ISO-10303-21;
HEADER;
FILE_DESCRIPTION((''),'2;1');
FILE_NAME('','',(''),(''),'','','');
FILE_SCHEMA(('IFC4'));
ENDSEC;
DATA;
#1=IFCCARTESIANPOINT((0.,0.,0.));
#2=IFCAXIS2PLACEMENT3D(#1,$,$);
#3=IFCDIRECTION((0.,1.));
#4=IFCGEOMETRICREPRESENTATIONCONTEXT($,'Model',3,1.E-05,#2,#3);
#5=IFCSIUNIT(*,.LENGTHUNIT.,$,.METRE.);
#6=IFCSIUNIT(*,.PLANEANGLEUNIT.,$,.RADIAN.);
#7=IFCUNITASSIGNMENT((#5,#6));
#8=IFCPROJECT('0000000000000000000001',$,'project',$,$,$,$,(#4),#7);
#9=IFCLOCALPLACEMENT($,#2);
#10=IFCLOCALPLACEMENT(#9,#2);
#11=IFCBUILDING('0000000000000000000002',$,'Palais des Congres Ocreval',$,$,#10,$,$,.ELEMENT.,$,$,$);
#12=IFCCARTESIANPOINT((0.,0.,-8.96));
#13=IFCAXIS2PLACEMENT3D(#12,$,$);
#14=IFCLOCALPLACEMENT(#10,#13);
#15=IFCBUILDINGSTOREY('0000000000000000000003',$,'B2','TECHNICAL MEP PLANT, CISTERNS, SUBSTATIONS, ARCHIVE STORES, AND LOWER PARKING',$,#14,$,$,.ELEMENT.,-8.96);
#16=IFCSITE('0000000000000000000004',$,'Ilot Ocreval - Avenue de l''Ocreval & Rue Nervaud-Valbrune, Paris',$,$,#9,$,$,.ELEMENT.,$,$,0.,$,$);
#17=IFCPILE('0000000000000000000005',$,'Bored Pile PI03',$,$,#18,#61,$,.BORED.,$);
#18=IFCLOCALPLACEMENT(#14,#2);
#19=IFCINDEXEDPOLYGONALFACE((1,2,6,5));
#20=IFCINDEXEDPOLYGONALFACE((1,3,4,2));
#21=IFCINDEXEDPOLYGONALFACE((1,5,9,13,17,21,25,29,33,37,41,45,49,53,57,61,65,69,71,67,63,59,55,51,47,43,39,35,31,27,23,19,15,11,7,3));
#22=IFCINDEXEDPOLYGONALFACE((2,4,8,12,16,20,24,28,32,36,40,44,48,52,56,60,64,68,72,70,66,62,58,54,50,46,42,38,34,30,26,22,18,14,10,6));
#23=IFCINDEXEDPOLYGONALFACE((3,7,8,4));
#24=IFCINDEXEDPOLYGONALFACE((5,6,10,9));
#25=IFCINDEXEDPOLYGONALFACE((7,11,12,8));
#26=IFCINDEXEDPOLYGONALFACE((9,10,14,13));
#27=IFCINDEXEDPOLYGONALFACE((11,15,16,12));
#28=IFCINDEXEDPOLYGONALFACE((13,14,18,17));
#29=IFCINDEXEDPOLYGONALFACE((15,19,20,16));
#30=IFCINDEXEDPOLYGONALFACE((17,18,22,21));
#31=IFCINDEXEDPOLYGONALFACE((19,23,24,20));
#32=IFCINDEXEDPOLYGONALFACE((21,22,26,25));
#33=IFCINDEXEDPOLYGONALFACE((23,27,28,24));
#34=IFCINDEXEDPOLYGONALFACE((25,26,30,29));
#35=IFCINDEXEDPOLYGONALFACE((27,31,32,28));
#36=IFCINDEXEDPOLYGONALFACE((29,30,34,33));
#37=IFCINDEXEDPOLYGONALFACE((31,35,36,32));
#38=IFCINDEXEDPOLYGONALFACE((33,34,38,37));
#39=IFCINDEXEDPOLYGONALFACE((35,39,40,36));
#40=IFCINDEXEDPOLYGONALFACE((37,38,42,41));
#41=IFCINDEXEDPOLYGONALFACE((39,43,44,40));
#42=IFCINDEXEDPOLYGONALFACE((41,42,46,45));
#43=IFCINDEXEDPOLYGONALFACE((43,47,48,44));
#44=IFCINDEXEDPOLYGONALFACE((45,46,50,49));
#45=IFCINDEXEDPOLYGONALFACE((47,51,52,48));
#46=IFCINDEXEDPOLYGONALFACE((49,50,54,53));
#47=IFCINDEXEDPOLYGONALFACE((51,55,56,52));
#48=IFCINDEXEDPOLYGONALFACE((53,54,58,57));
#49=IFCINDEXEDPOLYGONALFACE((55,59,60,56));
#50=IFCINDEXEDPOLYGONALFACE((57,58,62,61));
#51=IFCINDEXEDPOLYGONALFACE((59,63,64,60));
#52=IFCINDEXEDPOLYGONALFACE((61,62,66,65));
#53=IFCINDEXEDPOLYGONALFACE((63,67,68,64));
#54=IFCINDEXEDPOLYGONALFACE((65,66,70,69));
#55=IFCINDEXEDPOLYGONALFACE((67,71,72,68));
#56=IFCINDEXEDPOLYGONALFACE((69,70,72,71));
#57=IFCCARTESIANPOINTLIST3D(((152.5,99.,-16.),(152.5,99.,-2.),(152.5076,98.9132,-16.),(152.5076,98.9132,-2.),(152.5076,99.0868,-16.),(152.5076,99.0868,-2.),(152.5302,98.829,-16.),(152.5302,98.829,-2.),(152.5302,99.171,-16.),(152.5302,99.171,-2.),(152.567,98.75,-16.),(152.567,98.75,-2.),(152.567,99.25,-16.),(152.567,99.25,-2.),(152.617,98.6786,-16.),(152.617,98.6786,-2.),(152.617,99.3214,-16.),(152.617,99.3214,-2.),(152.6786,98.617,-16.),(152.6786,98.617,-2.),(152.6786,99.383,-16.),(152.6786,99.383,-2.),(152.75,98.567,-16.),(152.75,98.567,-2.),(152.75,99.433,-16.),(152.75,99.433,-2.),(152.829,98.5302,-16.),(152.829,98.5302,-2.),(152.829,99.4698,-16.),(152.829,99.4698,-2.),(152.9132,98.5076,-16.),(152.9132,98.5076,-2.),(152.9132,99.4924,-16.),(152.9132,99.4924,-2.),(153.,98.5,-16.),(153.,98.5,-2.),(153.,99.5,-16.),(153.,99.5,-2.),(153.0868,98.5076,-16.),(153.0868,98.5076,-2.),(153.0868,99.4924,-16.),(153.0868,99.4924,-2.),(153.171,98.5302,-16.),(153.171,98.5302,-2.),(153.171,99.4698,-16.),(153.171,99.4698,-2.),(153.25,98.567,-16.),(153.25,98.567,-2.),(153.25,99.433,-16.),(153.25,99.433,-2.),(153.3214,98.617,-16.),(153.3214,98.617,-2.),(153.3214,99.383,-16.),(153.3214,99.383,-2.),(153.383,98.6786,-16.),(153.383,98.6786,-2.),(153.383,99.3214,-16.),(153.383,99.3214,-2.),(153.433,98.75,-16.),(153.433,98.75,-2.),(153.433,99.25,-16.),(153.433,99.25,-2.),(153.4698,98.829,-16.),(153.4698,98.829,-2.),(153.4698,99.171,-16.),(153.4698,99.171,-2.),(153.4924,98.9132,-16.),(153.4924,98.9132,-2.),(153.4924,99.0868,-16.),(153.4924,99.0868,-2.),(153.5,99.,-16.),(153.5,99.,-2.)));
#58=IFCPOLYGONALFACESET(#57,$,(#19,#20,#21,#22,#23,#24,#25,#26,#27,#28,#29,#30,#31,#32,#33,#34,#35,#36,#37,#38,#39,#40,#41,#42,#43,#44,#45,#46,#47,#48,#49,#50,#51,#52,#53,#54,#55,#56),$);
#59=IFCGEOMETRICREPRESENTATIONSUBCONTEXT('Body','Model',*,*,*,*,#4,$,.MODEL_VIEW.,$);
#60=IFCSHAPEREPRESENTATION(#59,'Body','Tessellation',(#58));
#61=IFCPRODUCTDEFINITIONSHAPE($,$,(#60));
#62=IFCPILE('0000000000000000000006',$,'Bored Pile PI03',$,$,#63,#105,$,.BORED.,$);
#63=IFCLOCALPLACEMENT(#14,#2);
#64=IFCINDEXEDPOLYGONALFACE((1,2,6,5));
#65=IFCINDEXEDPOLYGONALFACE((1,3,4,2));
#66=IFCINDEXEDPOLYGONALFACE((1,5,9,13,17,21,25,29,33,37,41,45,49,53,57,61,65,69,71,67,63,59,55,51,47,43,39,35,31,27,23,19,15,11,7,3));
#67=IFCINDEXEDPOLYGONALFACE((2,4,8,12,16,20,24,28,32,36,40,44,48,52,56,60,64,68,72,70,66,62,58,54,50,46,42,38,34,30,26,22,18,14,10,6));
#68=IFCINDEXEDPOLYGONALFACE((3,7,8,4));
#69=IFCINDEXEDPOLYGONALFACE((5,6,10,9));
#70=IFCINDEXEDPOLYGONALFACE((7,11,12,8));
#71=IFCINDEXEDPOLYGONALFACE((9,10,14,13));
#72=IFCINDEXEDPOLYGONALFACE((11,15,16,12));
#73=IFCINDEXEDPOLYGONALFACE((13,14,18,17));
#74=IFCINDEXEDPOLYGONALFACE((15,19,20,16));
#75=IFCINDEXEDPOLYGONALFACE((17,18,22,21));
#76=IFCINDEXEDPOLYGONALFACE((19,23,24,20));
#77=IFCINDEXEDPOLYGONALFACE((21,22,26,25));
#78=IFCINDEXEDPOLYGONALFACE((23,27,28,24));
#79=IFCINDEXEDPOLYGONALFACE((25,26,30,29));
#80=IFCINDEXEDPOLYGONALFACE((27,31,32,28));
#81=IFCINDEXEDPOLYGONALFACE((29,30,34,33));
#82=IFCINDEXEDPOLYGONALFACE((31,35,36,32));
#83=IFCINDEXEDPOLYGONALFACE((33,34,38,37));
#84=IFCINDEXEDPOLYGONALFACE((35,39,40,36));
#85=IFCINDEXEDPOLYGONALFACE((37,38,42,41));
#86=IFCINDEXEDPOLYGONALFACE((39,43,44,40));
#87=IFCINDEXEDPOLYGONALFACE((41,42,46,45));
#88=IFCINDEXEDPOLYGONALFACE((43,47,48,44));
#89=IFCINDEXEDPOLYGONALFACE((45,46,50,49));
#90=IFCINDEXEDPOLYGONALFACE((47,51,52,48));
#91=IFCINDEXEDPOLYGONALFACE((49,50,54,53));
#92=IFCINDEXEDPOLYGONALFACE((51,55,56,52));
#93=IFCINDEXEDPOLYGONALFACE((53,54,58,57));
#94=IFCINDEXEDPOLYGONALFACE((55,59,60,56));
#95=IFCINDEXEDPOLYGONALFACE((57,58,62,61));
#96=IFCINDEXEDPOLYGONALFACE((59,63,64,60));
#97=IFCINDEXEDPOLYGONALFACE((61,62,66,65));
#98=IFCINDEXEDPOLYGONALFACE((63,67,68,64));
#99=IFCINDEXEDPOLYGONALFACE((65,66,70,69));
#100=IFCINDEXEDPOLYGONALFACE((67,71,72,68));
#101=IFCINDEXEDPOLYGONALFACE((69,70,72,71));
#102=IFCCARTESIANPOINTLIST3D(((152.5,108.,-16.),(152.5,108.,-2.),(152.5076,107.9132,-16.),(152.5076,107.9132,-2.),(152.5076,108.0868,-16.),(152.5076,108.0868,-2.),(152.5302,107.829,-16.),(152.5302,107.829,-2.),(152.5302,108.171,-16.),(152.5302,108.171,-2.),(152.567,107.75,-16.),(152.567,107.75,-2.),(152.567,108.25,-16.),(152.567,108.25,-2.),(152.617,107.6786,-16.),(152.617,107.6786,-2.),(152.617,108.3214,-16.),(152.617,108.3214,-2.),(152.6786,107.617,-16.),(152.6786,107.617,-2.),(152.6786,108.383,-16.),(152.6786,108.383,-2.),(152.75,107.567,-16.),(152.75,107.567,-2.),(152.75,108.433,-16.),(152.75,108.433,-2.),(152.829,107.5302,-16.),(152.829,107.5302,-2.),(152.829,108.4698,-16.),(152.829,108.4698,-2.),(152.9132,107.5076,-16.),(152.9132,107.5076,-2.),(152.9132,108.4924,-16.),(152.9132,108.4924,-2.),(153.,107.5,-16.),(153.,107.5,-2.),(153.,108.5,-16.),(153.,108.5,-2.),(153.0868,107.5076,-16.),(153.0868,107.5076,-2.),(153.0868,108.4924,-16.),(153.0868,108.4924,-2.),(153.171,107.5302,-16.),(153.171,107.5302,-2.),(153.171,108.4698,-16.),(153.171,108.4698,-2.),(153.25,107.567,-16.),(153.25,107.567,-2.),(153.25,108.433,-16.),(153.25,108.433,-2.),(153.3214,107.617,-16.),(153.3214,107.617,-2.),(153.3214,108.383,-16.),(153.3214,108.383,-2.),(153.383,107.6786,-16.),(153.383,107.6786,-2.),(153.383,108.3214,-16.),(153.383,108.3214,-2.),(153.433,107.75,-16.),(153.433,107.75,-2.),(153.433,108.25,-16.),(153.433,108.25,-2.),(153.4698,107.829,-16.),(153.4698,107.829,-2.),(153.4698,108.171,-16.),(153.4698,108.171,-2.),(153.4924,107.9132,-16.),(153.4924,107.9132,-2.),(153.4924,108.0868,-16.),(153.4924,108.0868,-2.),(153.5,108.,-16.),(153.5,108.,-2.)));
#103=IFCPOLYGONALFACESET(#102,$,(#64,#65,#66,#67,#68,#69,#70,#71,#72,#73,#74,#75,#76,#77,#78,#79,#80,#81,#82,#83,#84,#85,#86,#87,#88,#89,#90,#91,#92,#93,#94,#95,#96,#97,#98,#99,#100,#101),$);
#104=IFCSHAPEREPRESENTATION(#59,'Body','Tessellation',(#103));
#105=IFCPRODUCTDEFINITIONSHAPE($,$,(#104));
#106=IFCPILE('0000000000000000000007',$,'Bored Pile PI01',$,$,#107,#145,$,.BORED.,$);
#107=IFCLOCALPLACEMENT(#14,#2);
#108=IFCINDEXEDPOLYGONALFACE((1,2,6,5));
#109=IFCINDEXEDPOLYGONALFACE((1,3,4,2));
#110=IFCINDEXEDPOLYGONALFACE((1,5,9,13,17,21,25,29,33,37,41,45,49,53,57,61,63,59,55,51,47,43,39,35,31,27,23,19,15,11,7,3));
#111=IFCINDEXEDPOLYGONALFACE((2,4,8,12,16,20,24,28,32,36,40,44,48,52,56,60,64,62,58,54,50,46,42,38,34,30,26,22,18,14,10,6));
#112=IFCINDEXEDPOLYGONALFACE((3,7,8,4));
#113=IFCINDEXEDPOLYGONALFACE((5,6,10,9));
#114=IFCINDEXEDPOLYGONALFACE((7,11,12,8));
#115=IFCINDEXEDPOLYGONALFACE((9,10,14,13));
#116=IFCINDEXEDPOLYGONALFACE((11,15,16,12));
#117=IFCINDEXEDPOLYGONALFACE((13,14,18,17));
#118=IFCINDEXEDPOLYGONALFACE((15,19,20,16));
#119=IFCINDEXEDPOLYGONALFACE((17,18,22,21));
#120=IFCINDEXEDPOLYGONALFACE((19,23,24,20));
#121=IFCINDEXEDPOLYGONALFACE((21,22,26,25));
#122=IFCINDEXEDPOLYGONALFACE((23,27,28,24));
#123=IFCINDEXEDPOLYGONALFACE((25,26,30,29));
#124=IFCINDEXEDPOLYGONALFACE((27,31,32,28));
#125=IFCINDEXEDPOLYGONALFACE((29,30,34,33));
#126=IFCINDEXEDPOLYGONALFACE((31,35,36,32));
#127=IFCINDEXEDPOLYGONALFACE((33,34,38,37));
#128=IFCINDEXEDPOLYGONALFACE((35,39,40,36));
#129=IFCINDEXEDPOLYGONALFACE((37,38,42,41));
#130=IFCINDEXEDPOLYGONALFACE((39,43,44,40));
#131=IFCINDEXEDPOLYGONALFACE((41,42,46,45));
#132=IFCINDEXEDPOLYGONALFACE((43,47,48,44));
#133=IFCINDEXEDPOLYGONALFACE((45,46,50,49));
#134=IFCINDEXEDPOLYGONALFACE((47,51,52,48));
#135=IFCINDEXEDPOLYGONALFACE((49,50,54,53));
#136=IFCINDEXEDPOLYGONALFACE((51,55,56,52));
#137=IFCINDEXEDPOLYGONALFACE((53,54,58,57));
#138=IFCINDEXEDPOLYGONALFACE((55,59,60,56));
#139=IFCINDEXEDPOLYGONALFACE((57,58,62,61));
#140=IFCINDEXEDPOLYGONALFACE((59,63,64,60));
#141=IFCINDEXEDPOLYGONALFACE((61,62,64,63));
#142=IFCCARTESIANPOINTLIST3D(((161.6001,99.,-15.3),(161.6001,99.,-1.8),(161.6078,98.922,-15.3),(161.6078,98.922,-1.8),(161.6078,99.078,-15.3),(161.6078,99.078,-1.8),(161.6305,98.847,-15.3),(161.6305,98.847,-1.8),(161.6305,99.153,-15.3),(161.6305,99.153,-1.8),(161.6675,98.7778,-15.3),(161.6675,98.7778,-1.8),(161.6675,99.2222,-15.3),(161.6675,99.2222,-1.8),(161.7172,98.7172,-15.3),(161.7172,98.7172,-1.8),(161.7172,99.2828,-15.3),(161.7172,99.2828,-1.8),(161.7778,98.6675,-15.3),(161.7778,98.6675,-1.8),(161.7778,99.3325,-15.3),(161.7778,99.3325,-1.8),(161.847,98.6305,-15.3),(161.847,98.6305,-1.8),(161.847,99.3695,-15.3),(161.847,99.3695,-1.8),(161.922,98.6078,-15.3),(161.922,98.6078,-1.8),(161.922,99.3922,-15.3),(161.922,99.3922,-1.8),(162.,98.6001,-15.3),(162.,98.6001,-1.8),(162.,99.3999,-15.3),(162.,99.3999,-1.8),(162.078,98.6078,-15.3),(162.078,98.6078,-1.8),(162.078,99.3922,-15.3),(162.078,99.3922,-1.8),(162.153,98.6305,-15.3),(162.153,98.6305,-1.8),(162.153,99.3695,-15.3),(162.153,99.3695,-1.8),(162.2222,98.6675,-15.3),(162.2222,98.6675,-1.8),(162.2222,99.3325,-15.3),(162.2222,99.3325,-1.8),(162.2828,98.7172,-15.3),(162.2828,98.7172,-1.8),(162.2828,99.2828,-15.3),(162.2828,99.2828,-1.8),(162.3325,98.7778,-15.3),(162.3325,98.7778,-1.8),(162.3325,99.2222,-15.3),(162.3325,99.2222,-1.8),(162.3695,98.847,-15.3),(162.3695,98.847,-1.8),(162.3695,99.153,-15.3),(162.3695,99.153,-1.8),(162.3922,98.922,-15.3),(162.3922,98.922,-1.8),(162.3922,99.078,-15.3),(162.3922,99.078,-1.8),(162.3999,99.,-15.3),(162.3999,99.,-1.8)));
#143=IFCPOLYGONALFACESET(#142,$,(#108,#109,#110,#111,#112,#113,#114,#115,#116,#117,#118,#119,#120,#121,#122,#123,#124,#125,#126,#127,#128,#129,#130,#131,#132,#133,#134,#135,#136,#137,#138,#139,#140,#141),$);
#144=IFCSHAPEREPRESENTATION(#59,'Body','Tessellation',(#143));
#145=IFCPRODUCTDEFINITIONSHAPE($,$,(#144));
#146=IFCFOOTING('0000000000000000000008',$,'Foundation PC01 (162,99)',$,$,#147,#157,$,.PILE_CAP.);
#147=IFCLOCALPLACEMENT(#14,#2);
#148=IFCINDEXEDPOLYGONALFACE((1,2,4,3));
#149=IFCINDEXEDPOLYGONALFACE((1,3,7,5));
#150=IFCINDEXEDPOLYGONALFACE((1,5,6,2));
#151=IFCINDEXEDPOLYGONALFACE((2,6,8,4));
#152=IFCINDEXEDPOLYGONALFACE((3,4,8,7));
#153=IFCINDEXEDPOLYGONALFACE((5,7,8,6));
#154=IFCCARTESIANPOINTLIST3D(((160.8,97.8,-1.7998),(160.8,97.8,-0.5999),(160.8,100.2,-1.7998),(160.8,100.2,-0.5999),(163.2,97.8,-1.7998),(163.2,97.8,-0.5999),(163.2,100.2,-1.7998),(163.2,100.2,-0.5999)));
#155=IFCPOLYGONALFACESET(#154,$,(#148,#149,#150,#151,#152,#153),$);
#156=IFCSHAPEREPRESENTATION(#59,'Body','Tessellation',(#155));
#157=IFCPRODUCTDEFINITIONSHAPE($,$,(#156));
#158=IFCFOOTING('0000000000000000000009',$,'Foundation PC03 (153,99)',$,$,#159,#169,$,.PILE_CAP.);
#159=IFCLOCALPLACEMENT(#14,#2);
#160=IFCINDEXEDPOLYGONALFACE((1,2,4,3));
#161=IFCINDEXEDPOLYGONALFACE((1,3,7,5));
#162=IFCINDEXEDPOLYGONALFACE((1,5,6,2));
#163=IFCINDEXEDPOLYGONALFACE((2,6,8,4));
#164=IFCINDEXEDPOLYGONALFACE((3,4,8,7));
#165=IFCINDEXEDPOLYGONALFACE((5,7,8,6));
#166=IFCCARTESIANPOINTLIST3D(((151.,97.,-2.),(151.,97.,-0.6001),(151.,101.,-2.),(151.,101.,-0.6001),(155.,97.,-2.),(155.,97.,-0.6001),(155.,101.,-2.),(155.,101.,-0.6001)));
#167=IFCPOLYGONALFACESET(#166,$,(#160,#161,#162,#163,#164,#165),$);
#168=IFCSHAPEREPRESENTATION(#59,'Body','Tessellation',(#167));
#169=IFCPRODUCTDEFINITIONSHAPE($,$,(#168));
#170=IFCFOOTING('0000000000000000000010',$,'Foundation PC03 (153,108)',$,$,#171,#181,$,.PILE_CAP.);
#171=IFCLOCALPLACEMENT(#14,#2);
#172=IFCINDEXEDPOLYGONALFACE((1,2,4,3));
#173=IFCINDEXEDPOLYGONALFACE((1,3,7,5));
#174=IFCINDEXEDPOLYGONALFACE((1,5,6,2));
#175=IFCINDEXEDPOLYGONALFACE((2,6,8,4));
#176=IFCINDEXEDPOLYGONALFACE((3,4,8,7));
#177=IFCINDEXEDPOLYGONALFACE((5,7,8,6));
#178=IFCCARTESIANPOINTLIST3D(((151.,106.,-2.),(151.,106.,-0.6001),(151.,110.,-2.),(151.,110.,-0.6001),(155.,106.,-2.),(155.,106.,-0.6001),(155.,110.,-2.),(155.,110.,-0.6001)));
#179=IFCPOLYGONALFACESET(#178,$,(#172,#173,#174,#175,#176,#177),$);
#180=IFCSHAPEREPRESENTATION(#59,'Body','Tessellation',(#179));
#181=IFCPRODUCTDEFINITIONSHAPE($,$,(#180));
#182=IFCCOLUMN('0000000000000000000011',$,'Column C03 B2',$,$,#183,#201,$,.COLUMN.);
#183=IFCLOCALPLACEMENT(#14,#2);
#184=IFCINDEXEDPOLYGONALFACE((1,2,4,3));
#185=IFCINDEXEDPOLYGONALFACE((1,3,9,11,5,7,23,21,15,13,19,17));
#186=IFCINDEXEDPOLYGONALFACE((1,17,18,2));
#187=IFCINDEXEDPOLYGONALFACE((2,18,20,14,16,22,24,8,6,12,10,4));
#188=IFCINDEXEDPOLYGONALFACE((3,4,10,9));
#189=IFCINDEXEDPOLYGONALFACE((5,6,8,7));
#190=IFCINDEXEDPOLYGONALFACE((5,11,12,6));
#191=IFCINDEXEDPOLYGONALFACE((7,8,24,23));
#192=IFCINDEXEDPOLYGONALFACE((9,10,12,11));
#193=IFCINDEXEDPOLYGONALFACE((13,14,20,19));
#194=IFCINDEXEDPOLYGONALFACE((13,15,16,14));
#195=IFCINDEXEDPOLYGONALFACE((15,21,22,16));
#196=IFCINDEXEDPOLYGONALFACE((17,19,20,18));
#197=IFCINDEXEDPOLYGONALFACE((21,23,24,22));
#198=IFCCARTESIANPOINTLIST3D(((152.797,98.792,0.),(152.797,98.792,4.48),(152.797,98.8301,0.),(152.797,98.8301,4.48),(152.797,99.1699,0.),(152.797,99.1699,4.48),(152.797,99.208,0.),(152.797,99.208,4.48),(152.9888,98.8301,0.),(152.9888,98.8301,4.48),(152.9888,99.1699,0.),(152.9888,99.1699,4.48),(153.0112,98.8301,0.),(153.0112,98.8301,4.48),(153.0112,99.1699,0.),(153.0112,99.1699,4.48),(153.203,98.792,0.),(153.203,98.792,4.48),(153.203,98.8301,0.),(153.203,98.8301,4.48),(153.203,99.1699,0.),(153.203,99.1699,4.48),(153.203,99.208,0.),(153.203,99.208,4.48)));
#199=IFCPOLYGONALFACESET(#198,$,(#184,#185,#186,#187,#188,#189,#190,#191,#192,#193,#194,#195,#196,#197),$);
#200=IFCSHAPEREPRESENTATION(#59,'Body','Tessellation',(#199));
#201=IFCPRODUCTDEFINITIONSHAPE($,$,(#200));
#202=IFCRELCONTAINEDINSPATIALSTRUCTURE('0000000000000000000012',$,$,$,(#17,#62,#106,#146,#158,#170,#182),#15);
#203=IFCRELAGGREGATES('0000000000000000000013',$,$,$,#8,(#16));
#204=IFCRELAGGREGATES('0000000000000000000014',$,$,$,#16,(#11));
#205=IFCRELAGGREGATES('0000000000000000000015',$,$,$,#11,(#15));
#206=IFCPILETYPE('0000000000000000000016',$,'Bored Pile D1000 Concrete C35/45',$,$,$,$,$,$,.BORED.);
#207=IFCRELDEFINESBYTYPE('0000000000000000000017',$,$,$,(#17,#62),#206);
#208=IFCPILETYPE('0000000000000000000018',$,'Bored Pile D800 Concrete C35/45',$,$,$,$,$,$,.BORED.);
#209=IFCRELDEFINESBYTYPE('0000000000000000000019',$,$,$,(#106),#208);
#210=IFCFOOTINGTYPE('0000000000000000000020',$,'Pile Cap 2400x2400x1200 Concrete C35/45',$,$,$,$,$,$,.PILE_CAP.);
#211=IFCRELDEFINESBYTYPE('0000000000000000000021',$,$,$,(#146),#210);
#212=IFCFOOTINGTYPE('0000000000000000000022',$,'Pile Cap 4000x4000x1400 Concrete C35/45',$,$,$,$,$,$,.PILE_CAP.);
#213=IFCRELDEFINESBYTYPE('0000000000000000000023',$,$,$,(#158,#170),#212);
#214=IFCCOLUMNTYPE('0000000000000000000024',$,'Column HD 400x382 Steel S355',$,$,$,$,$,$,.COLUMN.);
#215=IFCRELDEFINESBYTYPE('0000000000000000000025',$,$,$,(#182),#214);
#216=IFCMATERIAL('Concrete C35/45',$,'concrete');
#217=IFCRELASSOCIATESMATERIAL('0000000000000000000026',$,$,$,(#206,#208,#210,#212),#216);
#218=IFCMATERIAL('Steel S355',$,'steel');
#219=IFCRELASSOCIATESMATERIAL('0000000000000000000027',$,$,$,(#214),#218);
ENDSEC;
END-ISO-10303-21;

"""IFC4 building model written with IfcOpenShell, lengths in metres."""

from ifc_helpers import new_model, si_unit, direction, frame, origin, origin_2d, place, context, subcontext, project, spatial, rectangle, circle, i_section, extrude, material, material_profile, profile_set, type_object, element, save


model = new_model("IFC4")

# Units and contexts
model_context = context("Model", 3, precision=1e-05, world=origin(), true_north=direction((0.0, 1.0)))
body_context = subcontext(model_context, "Body", "Model", "MODEL_VIEW")
ifc_project = project(units=[si_unit("LENGTHUNIT", "METRE"), si_unit("PLANEANGLEUNIT", "RADIAN")], contexts=[model_context])

# Site, building, storey
site_placement = place(None, origin())
site = spatial("IfcSite", under=ifc_project, at=site_placement, Name="Ilot Ocreval - Avenue de l'Ocreval & Rue Nervaud-Valbrune, Paris", CompositionType="ELEMENT", RefElevation=0.0)
building_placement = place(site_placement, origin())
building = spatial("IfcBuilding", under=site, at=building_placement, Name="Palais des Congres Ocreval", CompositionType="ELEMENT")
storey_placement = place(building_placement, frame((0.0, 0.0, -8.96)))
storey = spatial("IfcBuildingStorey", under=building, at=storey_placement, Name="B2", Description="TECHNICAL MEP PLANT, CISTERNS, SUBSTATIONS, ARCHIVE STORES, AND LOWER PARKING", CompositionType="ELEMENT", Elevation=-8.96)

# Piles
ifc_material_1 = material(Name="Concrete C35/45", Category="concrete")
ifc_material_profile_1 = material_profile(ifc_material_1, circle(Radius=0.5, at=origin_2d()), Name="BORED PILE 1000")
ifc_profile_set_1 = profile_set([ifc_material_profile_1], Name="Concrete C35/45")
pile_type_1 = type_object("IfcPileType", Name="Bored Pile D1000 Concrete C35/45", PredefinedType="BORED", material=ifc_profile_set_1)
for number, where, z_axis, x_axis, name in (
    (1, (153.0, 99.0, -2.0), (0.0, 0.0, -1.0), (1.0, 0.0, 0.0), "Bored Pile PI03"),
    (2, (153.0, 108.0, -2.0), (0.0, 0.0, -1.0), (1.0, 0.0, 0.0), "Bored Pile PI03"),
):
    element("IfcPile", number, at=place(storey_placement, frame(where, z_axis=z_axis, x_axis=x_axis)), inside=storey, type_object=pile_type_1, Name=name, PredefinedType="BORED", context=body_context, shape_type="SweptSolid", body=[
        extrude(circle(Radius=0.5, at=origin_2d()), origin(), (0.0, 0.0, 1.0), 14.0),
    ])
ifc_material_profile_2 = material_profile(ifc_material_1, circle(Radius=0.3999, at=origin_2d()), Name="BORED PILE 800")
ifc_profile_set_2 = profile_set([ifc_material_profile_2], Name="Concrete C35/45")
pile_type_2 = type_object("IfcPileType", Name="Bored Pile D800 Concrete C35/45", PredefinedType="BORED", material=ifc_profile_set_2)
pile_placement = place(storey_placement, frame((162.0, 99.0, -1.8), z_axis=(0.0, 0.0, -1.0), x_axis=(1.0, 0.0, 0.0)))
element("IfcPile", 3, at=pile_placement, inside=storey, type_object=pile_type_2, Name="Bored Pile PI01", PredefinedType="BORED", context=body_context, shape_type="SweptSolid", body=[
    extrude(circle(Radius=0.3999, at=origin_2d()), origin(), (0.0, 0.0, 1.0), 13.5),
])

# Footings
footing_type_1 = type_object("IfcFootingType", Name="Pile Cap 2400x2400x1200 Concrete C35/45", PredefinedType="PILE_CAP", material=ifc_material_1)
footing_placement = place(storey_placement, frame((162.0, 99.0, -1.7998), z_axis=(0.0, 0.0, 1.0), x_axis=(1.0, 0.0, 0.0)))
element("IfcFooting", 4, at=footing_placement, inside=storey, type_object=footing_type_1, Name="Foundation PC01 (162,99)", PredefinedType="PILE_CAP", context=body_context, shape_type="SweptSolid", body=[
    extrude(rectangle(XDim=2.3999, YDim=2.3999, at=origin_2d()), origin(), (0.0, 0.0, 1.0), 1.2),
])
footing_type_2 = type_object("IfcFootingType", Name="Pile Cap 4000x4000x1400 Concrete C35/45", PredefinedType="PILE_CAP", material=ifc_material_1)
for number, where, z_axis, x_axis, name in (
    (5, (153.0, 99.0, -2.0), (0.0, 0.0, 1.0), (1.0, 0.0, 0.0), "Foundation PC03 (153,99)"),
    (6, (153.0, 108.0, -2.0), (0.0, 0.0, 1.0), (1.0, 0.0, 0.0), "Foundation PC03 (153,108)"),
):
    element("IfcFooting", number, at=place(storey_placement, frame(where, z_axis=z_axis, x_axis=x_axis)), inside=storey, type_object=footing_type_2, Name=name, PredefinedType="PILE_CAP", context=body_context, shape_type="SweptSolid", body=[
        extrude(rectangle(XDim=4.0, YDim=4.0, at=origin_2d()), origin(), (0.0, 0.0, 1.0), 1.3999),
    ])

# Column
ifc_material_2 = material(Name="Steel S355", Category="steel")
ifc_material_profile_3 = material_profile(ifc_material_2, i_section(OverallWidth=0.406, OverallDepth=0.416, WebThickness=0.0225, FlangeThickness=0.0381, at=origin_2d()), Name="HD 400x382")
ifc_profile_set_3 = profile_set([ifc_material_profile_3], Name="Steel S355")
column_type_1 = type_object("IfcColumnType", Name="Column HD 400x382 Steel S355", PredefinedType="COLUMN", material=ifc_profile_set_3)
for number, where, z_axis, x_axis, name in (
    (7, (153.0, 99.0, 0.0), (0.0, 0.0, 1.0), (1.0, 0.0, 0.0), "Column C03 B2"),
):
    element("IfcColumn", number, at=place(storey_placement, frame(where, z_axis=z_axis, x_axis=x_axis)), inside=storey, type_object=column_type_1, Name=name, PredefinedType="COLUMN", context=body_context, shape_type="SweptSolid", body=[
        extrude(i_section(OverallWidth=0.406, OverallDepth=0.416, WebThickness=0.0225, FlangeThickness=0.0381, at=origin_2d()), origin(), (0.0, 0.0, 1.0), 4.48),
    ])

save(model, "model.ifc")
